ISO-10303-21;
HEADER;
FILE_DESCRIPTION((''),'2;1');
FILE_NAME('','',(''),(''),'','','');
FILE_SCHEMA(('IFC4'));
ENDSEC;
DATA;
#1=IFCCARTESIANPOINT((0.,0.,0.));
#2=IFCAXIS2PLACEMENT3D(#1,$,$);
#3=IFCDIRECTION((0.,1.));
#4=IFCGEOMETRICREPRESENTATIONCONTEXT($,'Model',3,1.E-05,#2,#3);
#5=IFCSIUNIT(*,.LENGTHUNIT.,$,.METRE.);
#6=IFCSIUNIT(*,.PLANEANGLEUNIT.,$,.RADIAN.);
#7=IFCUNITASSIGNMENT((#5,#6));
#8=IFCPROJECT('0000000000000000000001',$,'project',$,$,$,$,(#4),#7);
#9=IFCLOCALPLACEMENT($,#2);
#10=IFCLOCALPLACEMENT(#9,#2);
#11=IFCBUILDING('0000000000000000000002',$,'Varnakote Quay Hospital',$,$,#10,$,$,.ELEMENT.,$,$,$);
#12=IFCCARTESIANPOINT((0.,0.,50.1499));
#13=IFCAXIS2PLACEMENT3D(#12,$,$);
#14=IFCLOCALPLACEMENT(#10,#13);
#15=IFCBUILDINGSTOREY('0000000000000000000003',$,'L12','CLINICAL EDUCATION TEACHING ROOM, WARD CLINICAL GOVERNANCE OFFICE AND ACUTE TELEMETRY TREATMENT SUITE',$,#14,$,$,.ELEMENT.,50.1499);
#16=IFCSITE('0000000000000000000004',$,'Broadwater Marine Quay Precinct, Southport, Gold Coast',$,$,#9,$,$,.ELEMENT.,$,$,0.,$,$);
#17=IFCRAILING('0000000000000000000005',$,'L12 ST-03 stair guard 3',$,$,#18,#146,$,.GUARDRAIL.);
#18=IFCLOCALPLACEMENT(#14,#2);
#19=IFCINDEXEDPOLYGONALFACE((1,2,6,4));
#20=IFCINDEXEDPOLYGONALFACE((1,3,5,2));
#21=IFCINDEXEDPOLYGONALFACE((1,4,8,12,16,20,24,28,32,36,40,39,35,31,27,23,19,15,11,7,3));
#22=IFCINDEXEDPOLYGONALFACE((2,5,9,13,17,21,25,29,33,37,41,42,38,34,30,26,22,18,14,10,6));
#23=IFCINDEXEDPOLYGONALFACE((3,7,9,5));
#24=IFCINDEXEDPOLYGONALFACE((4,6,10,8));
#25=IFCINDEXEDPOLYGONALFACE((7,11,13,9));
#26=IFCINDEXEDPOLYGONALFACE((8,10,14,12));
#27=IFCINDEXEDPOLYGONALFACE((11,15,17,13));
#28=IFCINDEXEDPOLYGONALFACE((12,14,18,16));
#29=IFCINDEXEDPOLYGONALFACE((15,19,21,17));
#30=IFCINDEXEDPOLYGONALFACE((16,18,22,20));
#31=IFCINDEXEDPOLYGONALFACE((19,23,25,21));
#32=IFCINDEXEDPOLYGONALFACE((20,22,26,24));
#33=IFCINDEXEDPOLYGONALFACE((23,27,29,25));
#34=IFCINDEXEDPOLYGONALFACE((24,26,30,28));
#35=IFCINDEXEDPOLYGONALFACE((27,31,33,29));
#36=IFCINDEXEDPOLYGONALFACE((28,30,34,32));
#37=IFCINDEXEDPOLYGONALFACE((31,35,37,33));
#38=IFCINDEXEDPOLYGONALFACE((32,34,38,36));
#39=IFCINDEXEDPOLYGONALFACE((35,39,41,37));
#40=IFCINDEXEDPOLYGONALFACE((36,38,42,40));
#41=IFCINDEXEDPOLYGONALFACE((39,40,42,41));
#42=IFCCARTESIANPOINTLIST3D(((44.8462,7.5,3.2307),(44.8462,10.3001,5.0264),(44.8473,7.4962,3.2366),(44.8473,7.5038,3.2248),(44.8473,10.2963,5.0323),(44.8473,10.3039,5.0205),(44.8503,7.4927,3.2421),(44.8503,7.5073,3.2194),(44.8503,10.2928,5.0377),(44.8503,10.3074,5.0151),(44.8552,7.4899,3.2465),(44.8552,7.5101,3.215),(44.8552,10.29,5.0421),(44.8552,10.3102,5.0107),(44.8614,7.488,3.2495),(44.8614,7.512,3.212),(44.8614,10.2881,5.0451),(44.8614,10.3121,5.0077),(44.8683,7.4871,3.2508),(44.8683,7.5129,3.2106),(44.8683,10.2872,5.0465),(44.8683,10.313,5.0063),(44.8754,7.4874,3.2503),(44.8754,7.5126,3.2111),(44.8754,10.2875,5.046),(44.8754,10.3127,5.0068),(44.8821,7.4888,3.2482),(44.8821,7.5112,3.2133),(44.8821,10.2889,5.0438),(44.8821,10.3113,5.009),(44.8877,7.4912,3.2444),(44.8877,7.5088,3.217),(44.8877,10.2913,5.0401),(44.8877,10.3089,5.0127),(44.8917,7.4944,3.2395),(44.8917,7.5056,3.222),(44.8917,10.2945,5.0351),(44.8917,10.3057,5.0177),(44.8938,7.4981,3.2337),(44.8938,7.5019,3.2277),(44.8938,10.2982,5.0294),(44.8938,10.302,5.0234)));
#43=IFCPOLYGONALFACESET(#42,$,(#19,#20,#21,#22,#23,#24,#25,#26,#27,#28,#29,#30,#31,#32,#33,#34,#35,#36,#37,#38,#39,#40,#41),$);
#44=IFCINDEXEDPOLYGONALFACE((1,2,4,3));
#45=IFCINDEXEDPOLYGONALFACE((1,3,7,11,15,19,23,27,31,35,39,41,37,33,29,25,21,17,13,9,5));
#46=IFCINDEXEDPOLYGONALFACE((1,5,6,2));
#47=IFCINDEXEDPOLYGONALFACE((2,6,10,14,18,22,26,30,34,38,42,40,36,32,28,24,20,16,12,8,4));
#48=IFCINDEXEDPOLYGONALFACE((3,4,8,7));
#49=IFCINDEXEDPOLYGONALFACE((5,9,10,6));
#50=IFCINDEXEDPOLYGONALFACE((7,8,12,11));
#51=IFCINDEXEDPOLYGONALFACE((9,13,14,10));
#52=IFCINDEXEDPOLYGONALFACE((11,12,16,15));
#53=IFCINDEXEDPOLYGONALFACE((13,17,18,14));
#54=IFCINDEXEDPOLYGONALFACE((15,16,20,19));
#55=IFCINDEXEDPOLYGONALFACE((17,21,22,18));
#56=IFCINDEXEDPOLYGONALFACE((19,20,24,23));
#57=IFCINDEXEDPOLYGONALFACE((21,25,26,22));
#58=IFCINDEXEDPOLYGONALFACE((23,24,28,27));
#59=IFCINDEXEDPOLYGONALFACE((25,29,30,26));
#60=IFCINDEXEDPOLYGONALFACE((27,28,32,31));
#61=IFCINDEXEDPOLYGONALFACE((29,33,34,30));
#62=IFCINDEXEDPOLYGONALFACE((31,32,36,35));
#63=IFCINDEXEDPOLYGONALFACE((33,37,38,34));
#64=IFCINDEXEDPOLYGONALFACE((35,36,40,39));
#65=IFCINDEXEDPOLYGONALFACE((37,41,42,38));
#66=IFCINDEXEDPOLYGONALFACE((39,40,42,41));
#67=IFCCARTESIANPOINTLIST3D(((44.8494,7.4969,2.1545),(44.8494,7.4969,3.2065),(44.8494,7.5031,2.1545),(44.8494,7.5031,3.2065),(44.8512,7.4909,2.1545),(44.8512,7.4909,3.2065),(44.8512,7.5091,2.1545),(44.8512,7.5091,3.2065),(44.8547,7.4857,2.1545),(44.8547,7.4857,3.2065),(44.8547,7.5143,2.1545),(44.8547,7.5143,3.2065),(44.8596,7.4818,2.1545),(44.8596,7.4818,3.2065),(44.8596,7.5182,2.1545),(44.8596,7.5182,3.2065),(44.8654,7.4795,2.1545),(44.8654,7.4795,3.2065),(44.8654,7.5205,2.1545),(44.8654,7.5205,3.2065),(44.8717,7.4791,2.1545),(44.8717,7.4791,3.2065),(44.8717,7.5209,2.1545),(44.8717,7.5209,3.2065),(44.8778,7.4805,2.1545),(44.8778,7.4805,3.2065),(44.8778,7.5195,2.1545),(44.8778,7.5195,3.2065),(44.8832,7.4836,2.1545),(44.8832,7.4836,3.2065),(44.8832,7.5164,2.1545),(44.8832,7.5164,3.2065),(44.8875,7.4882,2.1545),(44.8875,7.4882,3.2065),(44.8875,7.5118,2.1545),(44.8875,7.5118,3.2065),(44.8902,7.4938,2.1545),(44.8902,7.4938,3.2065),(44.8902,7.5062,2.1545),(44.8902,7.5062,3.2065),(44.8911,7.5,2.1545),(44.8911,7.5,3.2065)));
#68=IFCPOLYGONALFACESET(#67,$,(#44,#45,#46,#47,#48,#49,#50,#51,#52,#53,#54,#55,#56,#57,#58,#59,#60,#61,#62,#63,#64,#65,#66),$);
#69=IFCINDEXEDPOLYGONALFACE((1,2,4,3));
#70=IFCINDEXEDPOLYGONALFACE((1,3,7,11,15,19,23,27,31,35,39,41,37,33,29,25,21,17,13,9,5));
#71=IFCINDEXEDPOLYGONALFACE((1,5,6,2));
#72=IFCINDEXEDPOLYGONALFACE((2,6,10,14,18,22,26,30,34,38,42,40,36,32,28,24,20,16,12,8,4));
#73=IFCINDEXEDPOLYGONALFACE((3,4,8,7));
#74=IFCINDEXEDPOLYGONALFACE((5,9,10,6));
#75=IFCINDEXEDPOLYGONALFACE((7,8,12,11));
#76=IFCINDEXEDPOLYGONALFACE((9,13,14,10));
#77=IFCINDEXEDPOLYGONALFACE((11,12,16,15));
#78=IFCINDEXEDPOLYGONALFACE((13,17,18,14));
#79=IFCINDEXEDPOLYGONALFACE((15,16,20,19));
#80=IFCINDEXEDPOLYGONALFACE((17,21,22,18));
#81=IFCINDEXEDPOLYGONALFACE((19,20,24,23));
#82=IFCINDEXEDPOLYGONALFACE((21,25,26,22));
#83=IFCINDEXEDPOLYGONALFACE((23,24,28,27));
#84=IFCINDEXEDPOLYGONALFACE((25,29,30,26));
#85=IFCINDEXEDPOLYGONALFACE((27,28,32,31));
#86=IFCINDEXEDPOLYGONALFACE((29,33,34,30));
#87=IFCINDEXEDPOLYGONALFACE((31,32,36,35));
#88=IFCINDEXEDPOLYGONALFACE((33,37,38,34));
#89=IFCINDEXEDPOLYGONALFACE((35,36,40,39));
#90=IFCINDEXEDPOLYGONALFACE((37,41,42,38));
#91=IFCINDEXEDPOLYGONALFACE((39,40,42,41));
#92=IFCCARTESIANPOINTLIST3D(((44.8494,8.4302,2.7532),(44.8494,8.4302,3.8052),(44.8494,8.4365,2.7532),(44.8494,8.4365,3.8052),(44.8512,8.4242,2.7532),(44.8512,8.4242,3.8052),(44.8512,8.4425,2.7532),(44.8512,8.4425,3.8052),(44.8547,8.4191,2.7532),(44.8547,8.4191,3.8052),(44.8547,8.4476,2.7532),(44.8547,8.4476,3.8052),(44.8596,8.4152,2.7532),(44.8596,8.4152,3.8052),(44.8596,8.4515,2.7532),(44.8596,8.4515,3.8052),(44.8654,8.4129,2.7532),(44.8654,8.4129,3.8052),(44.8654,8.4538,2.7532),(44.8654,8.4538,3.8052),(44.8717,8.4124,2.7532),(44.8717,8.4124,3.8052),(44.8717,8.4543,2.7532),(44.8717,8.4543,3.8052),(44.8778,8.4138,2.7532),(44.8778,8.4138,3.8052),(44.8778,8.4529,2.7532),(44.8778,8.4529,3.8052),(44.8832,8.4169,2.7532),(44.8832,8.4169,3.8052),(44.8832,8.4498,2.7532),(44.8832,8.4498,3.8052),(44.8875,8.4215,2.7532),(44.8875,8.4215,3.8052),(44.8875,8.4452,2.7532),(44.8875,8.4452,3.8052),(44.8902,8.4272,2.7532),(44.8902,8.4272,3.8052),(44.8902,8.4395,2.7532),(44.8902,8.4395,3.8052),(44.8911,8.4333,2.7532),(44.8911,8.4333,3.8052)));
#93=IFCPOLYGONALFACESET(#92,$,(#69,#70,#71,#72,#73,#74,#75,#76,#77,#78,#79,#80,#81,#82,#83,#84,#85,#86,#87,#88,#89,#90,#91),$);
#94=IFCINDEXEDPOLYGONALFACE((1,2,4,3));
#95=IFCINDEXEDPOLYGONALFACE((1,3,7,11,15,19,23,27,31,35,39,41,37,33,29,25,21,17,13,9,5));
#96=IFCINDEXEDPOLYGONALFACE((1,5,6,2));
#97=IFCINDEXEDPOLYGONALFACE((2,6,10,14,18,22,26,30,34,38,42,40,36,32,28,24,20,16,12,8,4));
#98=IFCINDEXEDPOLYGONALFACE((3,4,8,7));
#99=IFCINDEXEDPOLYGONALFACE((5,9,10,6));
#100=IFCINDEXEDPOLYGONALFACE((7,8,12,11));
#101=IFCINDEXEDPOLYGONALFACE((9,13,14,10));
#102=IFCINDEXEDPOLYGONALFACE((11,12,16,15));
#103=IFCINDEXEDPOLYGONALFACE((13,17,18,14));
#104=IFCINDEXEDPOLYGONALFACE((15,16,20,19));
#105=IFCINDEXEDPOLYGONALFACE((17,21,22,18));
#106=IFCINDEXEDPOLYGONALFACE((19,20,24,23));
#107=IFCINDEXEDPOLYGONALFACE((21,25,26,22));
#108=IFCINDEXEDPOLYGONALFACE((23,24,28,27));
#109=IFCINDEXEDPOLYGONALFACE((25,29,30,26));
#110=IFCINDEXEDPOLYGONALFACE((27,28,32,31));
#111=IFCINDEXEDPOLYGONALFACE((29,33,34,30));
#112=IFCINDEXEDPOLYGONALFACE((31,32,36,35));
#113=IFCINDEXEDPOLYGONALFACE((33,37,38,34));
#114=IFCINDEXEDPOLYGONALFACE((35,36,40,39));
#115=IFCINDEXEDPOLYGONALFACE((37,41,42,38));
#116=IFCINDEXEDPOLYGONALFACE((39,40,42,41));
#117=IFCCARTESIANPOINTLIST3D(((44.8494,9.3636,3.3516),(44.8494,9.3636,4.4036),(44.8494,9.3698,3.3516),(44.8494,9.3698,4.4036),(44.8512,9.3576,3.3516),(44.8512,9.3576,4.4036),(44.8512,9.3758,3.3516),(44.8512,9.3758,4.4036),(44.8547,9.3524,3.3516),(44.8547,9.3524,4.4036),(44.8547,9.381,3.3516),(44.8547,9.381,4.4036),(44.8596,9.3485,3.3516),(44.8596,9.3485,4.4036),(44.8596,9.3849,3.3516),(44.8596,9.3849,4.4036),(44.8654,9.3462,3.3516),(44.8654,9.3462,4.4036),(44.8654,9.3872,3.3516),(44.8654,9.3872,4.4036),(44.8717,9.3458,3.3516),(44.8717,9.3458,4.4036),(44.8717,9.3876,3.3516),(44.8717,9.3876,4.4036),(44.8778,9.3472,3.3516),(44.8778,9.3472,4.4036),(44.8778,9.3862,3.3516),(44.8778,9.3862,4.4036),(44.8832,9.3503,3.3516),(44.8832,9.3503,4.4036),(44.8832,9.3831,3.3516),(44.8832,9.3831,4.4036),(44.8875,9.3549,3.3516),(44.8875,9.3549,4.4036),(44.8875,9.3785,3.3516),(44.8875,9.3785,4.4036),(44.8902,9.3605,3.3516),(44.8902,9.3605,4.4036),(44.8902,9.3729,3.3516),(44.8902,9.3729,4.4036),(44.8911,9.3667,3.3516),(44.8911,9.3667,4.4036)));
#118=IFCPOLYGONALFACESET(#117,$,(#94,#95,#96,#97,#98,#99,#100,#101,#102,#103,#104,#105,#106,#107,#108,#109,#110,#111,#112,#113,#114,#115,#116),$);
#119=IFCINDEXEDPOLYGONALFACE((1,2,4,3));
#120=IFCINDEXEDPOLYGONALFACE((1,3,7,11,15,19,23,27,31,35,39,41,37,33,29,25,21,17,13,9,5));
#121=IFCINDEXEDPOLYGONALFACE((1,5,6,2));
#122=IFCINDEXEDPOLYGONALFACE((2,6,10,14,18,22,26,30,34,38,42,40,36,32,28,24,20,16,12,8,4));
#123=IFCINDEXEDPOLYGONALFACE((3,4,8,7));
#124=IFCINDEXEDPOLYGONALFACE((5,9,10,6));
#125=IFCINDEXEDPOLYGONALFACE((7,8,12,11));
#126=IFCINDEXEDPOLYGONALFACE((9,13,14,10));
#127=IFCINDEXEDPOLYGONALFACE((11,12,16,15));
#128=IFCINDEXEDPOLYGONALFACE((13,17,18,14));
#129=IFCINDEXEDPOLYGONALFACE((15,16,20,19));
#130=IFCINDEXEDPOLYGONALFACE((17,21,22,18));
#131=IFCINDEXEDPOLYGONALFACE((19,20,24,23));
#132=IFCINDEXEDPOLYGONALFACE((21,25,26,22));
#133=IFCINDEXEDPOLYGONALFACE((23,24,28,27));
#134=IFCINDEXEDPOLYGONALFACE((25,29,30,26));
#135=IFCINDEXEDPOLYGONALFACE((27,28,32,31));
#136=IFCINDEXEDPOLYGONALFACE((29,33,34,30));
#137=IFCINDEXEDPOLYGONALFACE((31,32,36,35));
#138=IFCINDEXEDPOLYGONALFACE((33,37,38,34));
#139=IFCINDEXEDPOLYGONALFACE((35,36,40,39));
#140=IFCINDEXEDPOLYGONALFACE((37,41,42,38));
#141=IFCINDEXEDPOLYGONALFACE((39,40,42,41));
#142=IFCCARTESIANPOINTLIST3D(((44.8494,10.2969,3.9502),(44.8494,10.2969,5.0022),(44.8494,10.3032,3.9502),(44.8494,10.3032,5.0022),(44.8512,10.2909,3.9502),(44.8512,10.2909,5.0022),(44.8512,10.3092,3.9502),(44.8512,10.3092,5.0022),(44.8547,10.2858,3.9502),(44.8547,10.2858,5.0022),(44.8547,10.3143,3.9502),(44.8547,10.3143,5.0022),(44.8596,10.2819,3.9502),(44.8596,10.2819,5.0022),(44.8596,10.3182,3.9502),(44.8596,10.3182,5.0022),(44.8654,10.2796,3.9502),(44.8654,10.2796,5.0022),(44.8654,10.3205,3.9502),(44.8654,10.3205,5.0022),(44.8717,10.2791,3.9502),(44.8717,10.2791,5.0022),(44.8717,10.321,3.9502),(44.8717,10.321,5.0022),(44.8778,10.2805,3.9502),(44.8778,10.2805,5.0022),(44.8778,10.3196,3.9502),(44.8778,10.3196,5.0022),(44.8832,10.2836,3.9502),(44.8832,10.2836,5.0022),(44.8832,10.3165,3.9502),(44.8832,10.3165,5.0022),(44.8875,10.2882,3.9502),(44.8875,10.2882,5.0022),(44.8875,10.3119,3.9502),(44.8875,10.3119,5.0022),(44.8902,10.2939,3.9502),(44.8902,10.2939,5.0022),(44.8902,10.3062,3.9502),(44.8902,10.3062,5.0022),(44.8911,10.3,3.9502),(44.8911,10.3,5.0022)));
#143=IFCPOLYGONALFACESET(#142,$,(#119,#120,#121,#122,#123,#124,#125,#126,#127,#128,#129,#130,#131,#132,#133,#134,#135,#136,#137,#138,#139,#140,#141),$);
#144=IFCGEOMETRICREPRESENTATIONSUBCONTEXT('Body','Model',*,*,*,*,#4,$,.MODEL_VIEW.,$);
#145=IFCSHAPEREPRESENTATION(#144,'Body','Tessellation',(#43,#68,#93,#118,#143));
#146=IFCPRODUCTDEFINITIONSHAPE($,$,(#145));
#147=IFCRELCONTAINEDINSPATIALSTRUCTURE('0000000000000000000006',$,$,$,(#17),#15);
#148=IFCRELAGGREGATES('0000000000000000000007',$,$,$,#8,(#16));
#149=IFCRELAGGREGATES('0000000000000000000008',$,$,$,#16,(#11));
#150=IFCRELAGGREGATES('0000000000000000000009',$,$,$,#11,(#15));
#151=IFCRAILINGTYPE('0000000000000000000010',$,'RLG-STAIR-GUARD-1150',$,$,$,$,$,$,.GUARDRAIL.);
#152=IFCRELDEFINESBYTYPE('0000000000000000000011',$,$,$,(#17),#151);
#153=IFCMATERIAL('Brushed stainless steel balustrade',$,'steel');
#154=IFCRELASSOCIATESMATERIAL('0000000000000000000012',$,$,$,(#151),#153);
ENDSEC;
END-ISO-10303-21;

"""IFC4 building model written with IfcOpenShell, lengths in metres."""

from ifc_helpers import new_model, si_unit, direction, frame, origin, origin_2d, place, context, subcontext, project, spatial, circle, extrude, material, type_object, element, save


model = new_model("IFC4")

# Units and contexts
model_context = context("Model", 3, precision=1e-05, world=origin(), true_north=direction((0.0, 1.0)))
body_context = subcontext(model_context, "Body", "Model", "MODEL_VIEW")
ifc_project = project(units=[si_unit("LENGTHUNIT", "METRE"), si_unit("PLANEANGLEUNIT", "RADIAN")], contexts=[model_context])

# Site, building, storey
site_placement = place(None, origin())
site = spatial("IfcSite", under=ifc_project, at=site_placement, Name="Broadwater Marine Quay Precinct, Southport, Gold Coast", CompositionType="ELEMENT", RefElevation=0.0)
building_placement = place(site_placement, origin())
building = spatial("IfcBuilding", under=site, at=building_placement, Name="Varnakote Quay Hospital", CompositionType="ELEMENT")
storey_placement = place(building_placement, frame((0.0, 0.0, 50.1499)))
storey = spatial("IfcBuildingStorey", under=building, at=storey_placement, Name="L12", Description="CLINICAL EDUCATION TEACHING ROOM, WARD CLINICAL GOVERNANCE OFFICE AND ACUTE TELEMETRY TREATMENT SUITE", CompositionType="ELEMENT", Elevation=50.1499)

# Railing
ifc_material_1 = material(Name="Brushed stainless steel balustrade", Category="steel")
railing_type_1 = type_object("IfcRailingType", Name="RLG-STAIR-GUARD-1150", PredefinedType="GUARDRAIL", material=ifc_material_1)
railing_1_placement = place(storey_placement, frame((44.8701, 7.5, 2.1545)))
element("IfcRailing", 1, at=railing_1_placement, inside=storey, type_object=railing_type_1, Name="L12 ST-03 stair guard 3", PredefinedType="GUARDRAIL", context=body_context, shape_type="SweptSolid", body=[
    extrude(circle(Radius=0.0239, at=origin_2d()), frame((0.0, 0.0, 1.0762), z_axis=(0.0, 0.841777, 0.539826), x_axis=(-1.0, 0.0, 0.0)), (0.0, 0.0, 1.0), 3.3264),
    extrude(circle(Radius=0.021, at=origin_2d()), origin(), (0.0, 0.0, 1.0), 1.052),
    extrude(circle(Radius=0.021, at=origin_2d()), frame((0.0, 0.9333, 0.5986)), (0.0, 0.0, 1.0), 1.052),
    extrude(circle(Radius=0.021, at=origin_2d()), frame((0.0, 1.8667, 1.197)), (0.0, 0.0, 1.0), 1.052),
    extrude(circle(Radius=0.021, at=origin_2d()), frame((0.0, 2.8, 1.7957)), (0.0, 0.0, 1.0), 1.052),
])

save(model, "model.ifc")
